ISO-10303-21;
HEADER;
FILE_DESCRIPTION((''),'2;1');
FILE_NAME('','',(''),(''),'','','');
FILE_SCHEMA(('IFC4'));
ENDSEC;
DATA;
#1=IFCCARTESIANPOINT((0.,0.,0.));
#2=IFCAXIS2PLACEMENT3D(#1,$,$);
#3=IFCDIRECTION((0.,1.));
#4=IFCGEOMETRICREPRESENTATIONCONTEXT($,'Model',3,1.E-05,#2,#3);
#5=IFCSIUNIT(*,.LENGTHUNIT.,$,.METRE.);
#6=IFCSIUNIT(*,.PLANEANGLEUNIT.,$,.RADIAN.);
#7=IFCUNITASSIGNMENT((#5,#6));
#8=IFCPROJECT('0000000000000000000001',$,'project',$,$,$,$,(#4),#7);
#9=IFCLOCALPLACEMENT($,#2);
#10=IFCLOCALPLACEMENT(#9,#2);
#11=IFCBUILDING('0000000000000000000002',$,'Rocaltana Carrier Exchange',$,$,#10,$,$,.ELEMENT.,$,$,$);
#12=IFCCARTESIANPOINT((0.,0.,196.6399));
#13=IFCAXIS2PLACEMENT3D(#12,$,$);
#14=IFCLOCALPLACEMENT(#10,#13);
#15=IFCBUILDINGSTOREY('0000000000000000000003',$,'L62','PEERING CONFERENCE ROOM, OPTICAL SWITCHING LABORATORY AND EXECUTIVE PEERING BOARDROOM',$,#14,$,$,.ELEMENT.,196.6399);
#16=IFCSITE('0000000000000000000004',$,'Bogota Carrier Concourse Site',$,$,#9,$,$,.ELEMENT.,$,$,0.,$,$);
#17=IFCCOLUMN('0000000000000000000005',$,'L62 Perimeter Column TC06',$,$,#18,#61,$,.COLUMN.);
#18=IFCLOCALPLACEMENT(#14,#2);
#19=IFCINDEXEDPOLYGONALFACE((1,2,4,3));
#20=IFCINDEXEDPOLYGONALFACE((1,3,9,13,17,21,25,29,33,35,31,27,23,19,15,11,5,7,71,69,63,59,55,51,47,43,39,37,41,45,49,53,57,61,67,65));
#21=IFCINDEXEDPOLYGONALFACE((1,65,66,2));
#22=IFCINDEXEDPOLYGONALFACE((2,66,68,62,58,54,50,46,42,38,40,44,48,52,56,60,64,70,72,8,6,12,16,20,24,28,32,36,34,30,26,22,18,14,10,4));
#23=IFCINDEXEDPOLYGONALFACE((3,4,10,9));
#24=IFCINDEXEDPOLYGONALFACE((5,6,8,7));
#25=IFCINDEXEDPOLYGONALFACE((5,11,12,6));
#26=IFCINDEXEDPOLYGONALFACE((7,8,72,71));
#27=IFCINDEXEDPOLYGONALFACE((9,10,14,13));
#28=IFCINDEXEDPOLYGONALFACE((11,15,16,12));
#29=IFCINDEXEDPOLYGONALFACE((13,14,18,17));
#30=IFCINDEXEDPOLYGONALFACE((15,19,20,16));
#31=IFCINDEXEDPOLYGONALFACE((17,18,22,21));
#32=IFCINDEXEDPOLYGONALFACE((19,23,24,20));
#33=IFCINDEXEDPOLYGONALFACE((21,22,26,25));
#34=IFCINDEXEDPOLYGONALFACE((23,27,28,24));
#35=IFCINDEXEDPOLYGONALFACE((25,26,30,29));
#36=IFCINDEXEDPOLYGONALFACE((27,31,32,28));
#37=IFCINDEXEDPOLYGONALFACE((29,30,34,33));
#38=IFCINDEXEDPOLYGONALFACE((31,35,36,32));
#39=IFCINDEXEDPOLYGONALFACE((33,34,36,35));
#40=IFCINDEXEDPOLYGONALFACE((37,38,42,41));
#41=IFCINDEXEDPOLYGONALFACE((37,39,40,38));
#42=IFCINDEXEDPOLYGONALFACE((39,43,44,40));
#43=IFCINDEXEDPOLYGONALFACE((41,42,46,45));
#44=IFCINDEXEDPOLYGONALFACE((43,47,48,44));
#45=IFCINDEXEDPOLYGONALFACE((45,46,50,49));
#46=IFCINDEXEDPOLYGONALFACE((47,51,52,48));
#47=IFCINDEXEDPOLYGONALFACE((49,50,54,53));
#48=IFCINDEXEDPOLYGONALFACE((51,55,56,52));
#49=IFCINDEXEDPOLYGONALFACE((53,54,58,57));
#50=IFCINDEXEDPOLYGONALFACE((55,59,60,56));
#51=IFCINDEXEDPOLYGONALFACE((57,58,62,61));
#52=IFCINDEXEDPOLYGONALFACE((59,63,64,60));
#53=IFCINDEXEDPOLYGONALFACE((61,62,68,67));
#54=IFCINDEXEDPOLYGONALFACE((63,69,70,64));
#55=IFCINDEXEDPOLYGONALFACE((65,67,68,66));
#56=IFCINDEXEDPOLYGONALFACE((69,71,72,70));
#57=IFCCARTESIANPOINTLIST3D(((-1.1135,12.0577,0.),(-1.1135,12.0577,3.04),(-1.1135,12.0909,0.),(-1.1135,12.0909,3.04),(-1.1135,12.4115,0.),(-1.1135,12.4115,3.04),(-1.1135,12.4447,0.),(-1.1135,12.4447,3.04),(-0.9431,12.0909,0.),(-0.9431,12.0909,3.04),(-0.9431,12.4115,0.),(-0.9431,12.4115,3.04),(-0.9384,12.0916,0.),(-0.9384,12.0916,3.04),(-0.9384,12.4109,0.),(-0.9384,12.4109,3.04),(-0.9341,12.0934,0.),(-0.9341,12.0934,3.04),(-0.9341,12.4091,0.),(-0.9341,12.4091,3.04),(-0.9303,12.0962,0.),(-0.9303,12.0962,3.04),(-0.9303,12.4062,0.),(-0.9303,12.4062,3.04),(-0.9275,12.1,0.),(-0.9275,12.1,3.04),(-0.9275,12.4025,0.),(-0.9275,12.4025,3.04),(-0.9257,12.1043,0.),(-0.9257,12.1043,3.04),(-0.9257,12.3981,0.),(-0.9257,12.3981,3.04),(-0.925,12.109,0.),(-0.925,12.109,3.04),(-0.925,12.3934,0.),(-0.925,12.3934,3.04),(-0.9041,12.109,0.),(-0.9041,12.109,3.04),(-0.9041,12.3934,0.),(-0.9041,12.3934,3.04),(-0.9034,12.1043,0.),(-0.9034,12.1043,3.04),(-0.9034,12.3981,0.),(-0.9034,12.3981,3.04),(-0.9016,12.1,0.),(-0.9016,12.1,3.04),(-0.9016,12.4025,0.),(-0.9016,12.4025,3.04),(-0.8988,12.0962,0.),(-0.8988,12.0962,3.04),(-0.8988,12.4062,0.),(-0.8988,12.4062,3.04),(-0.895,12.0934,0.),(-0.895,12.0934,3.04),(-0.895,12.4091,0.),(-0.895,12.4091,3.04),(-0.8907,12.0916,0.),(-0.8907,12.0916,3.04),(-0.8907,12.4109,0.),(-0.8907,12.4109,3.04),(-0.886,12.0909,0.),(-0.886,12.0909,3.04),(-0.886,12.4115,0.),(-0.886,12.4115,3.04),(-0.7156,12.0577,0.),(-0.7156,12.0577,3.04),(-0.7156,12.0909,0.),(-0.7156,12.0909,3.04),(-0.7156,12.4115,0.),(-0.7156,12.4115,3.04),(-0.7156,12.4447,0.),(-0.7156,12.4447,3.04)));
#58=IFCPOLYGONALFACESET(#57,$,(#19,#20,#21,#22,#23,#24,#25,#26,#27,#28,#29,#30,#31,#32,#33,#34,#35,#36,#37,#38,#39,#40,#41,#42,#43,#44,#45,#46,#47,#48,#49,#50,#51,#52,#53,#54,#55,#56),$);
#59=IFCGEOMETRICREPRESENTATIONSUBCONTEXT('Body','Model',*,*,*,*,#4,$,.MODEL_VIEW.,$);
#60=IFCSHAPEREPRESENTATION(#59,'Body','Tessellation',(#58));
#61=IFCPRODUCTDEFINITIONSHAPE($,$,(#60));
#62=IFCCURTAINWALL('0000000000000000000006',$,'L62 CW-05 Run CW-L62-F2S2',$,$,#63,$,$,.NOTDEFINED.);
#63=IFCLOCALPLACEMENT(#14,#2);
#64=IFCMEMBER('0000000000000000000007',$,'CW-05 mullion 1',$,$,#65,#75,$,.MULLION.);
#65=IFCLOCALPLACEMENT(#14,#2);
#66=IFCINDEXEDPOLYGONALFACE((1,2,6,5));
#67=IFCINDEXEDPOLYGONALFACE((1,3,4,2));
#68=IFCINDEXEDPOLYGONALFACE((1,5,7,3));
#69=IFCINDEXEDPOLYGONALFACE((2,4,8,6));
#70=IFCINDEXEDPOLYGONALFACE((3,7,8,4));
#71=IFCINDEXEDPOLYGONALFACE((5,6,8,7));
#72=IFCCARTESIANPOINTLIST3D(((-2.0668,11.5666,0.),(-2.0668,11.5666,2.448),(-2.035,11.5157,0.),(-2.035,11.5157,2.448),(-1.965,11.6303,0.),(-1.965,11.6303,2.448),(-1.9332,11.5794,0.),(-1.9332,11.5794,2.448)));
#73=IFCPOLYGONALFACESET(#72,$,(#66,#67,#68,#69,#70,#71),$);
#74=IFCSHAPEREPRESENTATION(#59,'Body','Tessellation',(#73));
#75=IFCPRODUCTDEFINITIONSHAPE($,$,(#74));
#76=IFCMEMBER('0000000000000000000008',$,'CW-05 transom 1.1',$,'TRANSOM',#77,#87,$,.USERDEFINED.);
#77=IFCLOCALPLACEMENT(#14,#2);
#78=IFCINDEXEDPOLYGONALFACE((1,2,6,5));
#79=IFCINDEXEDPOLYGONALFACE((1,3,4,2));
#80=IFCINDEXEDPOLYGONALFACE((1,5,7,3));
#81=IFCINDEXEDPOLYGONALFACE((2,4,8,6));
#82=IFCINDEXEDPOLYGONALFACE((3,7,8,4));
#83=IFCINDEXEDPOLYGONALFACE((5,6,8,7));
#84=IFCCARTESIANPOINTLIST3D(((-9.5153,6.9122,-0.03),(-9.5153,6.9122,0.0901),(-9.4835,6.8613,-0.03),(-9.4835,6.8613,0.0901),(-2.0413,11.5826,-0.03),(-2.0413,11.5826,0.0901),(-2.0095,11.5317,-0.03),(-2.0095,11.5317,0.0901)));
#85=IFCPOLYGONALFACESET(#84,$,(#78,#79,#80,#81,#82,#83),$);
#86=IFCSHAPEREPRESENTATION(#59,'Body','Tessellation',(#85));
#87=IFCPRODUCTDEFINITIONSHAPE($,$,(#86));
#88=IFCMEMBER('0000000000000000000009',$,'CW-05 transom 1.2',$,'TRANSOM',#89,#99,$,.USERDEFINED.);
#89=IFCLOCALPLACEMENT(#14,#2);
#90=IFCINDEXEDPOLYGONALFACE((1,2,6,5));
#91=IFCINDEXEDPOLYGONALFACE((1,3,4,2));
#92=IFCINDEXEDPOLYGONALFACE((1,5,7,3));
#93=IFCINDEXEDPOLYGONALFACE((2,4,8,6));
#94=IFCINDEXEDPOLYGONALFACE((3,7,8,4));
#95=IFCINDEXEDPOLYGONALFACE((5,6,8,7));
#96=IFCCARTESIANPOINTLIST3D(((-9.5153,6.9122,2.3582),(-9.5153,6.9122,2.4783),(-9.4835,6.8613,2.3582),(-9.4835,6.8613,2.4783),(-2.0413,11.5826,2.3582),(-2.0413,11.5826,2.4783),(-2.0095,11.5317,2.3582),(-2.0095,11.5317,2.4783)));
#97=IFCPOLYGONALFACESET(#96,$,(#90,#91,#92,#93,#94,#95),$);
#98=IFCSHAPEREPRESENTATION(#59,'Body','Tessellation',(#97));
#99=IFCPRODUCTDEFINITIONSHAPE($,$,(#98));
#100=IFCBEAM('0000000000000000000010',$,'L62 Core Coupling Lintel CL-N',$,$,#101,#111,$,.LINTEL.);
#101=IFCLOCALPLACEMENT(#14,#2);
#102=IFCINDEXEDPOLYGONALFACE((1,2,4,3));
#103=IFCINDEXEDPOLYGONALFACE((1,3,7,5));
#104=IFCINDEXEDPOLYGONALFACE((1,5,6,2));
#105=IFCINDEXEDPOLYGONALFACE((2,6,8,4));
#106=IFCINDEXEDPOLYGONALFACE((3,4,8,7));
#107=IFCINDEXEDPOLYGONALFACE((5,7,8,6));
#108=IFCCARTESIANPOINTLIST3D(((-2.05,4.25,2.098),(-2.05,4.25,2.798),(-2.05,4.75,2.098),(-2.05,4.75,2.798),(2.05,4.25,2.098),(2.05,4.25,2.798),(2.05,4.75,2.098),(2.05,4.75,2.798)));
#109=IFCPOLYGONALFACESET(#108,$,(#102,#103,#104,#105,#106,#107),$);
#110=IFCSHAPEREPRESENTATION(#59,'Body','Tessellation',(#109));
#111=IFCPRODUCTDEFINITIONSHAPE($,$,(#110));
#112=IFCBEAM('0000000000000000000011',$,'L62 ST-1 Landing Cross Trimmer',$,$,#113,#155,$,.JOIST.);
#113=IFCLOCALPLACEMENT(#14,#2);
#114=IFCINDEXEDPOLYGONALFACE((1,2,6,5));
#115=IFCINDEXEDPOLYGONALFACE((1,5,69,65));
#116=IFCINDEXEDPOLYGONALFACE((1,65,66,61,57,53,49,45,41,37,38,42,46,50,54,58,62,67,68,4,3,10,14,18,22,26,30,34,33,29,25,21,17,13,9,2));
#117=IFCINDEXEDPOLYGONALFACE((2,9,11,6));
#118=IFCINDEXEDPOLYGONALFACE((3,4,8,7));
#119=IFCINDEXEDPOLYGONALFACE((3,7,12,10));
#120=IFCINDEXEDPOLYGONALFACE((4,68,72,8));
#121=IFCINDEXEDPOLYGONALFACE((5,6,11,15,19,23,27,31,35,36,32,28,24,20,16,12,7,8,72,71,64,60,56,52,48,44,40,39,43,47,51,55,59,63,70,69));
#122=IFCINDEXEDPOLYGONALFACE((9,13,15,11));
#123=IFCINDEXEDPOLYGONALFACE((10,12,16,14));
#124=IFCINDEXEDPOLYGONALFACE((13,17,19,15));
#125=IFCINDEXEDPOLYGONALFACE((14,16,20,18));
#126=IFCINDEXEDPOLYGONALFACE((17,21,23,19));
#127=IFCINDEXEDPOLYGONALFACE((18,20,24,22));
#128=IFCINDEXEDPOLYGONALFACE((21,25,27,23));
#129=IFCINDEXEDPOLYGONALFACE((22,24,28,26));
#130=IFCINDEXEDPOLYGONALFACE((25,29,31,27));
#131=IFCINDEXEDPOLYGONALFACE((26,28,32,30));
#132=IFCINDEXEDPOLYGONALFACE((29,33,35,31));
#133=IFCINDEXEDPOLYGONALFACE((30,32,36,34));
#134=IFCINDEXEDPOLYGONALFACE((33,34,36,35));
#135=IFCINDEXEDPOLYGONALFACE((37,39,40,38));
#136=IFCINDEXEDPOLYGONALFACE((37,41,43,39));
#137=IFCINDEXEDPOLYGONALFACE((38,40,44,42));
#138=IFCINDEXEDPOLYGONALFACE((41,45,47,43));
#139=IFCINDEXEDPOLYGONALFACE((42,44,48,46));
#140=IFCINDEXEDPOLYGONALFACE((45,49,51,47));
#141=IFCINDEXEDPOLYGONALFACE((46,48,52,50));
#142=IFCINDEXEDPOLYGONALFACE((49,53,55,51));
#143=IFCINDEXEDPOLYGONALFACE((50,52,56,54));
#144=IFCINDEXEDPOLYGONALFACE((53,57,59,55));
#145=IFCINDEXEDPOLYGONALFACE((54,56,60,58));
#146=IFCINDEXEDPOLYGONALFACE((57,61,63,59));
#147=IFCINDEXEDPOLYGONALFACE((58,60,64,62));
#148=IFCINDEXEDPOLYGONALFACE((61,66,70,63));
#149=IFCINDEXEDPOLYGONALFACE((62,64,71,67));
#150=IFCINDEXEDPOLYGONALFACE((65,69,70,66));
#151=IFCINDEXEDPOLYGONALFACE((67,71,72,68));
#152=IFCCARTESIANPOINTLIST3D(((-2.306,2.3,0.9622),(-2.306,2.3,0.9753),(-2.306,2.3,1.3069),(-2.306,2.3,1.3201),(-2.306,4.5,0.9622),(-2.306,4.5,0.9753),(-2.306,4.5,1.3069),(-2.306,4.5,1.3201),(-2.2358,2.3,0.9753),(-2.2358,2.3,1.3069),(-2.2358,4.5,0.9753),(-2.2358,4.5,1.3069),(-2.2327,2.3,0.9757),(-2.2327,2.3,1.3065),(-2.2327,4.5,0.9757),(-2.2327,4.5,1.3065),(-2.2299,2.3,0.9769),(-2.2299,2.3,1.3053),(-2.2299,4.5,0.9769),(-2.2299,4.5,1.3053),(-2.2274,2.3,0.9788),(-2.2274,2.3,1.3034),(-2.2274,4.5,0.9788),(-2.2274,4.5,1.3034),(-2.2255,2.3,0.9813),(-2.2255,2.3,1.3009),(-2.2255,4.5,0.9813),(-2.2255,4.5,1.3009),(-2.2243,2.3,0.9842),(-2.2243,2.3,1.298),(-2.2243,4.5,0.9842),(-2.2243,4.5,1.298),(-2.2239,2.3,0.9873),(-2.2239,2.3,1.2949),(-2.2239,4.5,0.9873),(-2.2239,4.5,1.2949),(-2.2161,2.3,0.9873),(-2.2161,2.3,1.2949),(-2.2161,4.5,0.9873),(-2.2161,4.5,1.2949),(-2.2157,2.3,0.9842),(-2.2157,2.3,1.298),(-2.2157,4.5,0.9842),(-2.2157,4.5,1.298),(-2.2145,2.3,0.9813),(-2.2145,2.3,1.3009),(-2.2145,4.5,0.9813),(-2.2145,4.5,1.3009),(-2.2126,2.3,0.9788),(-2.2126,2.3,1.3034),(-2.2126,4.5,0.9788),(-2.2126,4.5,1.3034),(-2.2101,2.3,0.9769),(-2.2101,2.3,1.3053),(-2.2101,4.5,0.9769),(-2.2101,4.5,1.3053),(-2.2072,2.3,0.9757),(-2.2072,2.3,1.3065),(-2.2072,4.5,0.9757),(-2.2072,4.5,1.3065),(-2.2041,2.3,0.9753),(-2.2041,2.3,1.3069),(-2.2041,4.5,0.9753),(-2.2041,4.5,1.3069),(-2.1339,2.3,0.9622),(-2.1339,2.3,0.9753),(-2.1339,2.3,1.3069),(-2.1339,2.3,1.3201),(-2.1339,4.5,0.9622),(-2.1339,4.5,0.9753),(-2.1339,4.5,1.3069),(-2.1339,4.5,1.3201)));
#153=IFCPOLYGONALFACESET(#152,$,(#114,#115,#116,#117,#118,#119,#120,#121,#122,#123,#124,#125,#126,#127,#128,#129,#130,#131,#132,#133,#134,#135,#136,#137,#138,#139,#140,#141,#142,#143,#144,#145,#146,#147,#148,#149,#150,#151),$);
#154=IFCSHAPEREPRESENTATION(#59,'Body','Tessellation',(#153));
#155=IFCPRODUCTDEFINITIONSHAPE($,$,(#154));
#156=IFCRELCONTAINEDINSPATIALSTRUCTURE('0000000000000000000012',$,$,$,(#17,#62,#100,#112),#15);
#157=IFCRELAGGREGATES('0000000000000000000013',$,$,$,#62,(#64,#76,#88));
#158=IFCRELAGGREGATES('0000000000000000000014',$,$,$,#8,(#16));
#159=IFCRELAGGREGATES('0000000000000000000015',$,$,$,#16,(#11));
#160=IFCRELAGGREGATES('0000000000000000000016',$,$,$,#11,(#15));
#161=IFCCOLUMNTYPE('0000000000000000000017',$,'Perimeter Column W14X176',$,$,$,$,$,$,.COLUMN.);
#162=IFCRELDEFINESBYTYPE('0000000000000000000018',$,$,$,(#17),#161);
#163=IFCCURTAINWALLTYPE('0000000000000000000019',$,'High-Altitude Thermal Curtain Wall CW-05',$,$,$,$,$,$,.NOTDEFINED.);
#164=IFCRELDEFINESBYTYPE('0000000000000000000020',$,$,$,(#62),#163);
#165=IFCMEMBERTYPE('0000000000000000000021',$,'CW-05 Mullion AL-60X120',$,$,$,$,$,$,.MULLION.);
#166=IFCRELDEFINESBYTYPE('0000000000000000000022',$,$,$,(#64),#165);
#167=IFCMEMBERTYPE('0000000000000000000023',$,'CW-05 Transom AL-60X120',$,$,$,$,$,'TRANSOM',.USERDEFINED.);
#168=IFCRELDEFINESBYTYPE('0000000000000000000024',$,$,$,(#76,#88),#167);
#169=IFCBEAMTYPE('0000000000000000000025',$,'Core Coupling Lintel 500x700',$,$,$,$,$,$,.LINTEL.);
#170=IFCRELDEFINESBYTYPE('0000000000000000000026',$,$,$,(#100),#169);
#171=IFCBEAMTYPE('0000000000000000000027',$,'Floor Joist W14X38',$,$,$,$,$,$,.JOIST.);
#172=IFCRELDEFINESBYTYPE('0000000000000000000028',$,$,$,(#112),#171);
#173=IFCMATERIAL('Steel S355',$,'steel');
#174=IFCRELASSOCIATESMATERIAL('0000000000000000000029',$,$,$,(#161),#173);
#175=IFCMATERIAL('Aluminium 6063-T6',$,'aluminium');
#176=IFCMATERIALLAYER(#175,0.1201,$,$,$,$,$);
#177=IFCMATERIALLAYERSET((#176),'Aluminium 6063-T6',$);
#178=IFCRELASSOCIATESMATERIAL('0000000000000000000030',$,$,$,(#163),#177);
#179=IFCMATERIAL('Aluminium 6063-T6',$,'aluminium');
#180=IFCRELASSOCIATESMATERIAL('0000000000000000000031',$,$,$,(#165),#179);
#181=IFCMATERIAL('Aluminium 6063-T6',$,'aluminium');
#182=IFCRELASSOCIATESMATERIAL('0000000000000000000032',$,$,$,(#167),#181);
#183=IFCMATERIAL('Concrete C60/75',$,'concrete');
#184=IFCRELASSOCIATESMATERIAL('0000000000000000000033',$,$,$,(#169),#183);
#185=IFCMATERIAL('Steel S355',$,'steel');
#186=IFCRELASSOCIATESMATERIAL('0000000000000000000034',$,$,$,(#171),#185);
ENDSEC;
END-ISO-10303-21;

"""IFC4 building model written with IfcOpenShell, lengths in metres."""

from ifc_helpers import new_model, si_unit, direction, frame, origin, origin_2d, place, context, subcontext, project, spatial, rectangle, i_section, extrude, material, layer, layer_set, material_profile, profile_set, type_object, element, aggregate, save


model = new_model("IFC4")

# Units and contexts
model_context = context("Model", 3, precision=1e-05, world=origin(), true_north=direction((0.0, 1.0)))
body_context = subcontext(model_context, "Body", "Model", "MODEL_VIEW")
ifc_project = project(units=[si_unit("LENGTHUNIT", "METRE"), si_unit("PLANEANGLEUNIT", "RADIAN")], contexts=[model_context])

# Site, building, storey
site_placement = place(None, origin())
site = spatial("IfcSite", under=ifc_project, at=site_placement, Name="Bogota Carrier Concourse Site", CompositionType="ELEMENT", RefElevation=0.0)
building_placement = place(site_placement, origin())
building = spatial("IfcBuilding", under=site, at=building_placement, Name="Rocaltana Carrier Exchange", CompositionType="ELEMENT")
storey_placement = place(building_placement, frame((0.0, 0.0, 196.6399)))
storey = spatial("IfcBuildingStorey", under=building, at=storey_placement, Name="L62", Description="PEERING CONFERENCE ROOM, OPTICAL SWITCHING LABORATORY AND EXECUTIVE PEERING BOARDROOM", CompositionType="ELEMENT", Elevation=196.6399)

# Column
ifc_material_1 = material(Name="Steel S355", Category="steel")
ifc_material_profile_1 = material_profile(ifc_material_1, i_section(OverallWidth=0.3979, OverallDepth=0.387, WebThickness=0.021, FlangeThickness=0.0332, FilletRadius=0.0181, at=origin_2d()), Name="W14X176")
ifc_profile_set_1 = profile_set([ifc_material_profile_1], Name="Steel S355")
column_type = type_object("IfcColumnType", Name="Perimeter Column W14X176", PredefinedType="COLUMN", material=ifc_profile_set_1)
column_placement = place(storey_placement, frame((-0.9146, 12.2512, 0.0), z_axis=(0.0, 0.0, 1.0), x_axis=(1.0, 0.0, 0.0)))
element("IfcColumn", 1, at=column_placement, inside=storey, type_object=column_type, Name="L62 Perimeter Column TC06", PredefinedType="COLUMN", context=body_context, shape_type="SweptSolid", body=[
    extrude(i_section(OverallWidth=0.3979, OverallDepth=0.387, WebThickness=0.021, FlangeThickness=0.0332, FilletRadius=0.0181, at=origin_2d()), origin(), (0.0, 0.0, 1.0), 3.04),
])

# Curtain wall, members
ifc_material_2 = material(Name="Aluminium 6063-T6", Category="aluminium")
ifc_layer_1 = layer(ifc_material_2, 0.1201)
ifc_layer_set_1 = layer_set([ifc_layer_1], Name="Aluminium 6063-T6")
curtain_wall_type = type_object("IfcCurtainWallType", Name="High-Altitude Thermal Curtain Wall CW-05", PredefinedType="NOTDEFINED", material=ifc_layer_set_1)
curtain_wall_placement = place(storey_placement, origin())
curtain_wall = element("IfcCurtainWall", 2, at=curtain_wall_placement, inside=storey, type_object=curtain_wall_type, Name="L62 CW-05 Run CW-L62-F2S2", PredefinedType="NOTDEFINED")
ifc_material_3 = material(Name="Aluminium 6063-T6", Category="aluminium")
ifc_material_profile_2 = material_profile(ifc_material_3, rectangle(XDim=0.0601, YDim=0.1201, at=origin_2d()), Name="AL-60X120")
ifc_profile_set_2 = profile_set([ifc_material_profile_2], Name="Aluminium 6063-T6")
member_type_1 = type_object("IfcMemberType", Name="CW-05 Mullion AL-60X120", PredefinedType="MULLION", material=ifc_profile_set_2)
member_1_placement = place(storey_placement, frame((-2.0, 11.573, 0.0), z_axis=(0.0, 0.0, 1.0), x_axis=(0.52992, -0.848047, 0.0)))
member_1 = element("IfcMember", 3, at=member_1_placement, type_object=member_type_1, Name="CW-05 mullion 1", PredefinedType="MULLION", context=body_context, shape_type="SweptSolid", body=[
    extrude(rectangle(XDim=0.0601, YDim=0.1201, at=origin_2d()), origin(), (0.0, 0.0, 1.0), 2.448),
])
ifc_material_4 = material(Name="Aluminium 6063-T6", Category="aluminium")
ifc_material_profile_3 = material_profile(ifc_material_4, rectangle(XDim=0.0601, YDim=0.1201, at=origin_2d()), Name="AL-60X120")
ifc_profile_set_3 = profile_set([ifc_material_profile_3], Name="Aluminium 6063-T6")
member_type_2 = type_object("IfcMemberType", Name="CW-05 Transom AL-60X120", ElementType="TRANSOM", PredefinedType="USERDEFINED", material=ifc_profile_set_3)
member_2_placement = place(storey_placement, frame((-2.0254, 11.5571, 0.03), z_axis=(-0.848045, -0.529924, 0.0), x_axis=(0.529924, -0.848045, 0.0)))
member_2 = element("IfcMember", 4, at=member_2_placement, type_object=member_type_2, Name="CW-05 transom 1.1", ObjectType="TRANSOM", PredefinedType="USERDEFINED", context=body_context, shape_type="SweptSolid", body=[
    extrude(rectangle(XDim=0.0601, YDim=0.1201, at=origin_2d()), origin(), (0.0, 0.0, 1.0), 8.8132),
])
member_3_placement = place(storey_placement, frame((-2.0254, 11.5571, 2.4182), z_axis=(-0.848045, -0.529924, 0.0), x_axis=(0.529924, -0.848045, 0.0)))
member_3 = element("IfcMember", 5, at=member_3_placement, type_object=member_type_2, Name="CW-05 transom 1.2", ObjectType="TRANSOM", PredefinedType="USERDEFINED", context=body_context, shape_type="SweptSolid", body=[
    extrude(rectangle(XDim=0.0601, YDim=0.1201, at=origin_2d()), origin(), (0.0, 0.0, 1.0), 8.8132),
])

# Beams
ifc_material_5 = material(Name="Concrete C60/75", Category="concrete")
ifc_material_profile_4 = material_profile(ifc_material_5, rectangle(XDim=0.5, YDim=0.7, at=origin_2d()), Name="RC-BM-500X700")
ifc_profile_set_4 = profile_set([ifc_material_profile_4], Name="Concrete C60/75")
beam_type_1 = type_object("IfcBeamType", Name="Core Coupling Lintel 500x700", PredefinedType="LINTEL", material=ifc_profile_set_4)
beam_1_placement = place(storey_placement, frame((-2.05, 4.5, 2.448), z_axis=(1.0, 0.0, 0.0), x_axis=(0.0, 1.0, 0.0)))
element("IfcBeam", 6, at=beam_1_placement, inside=storey, type_object=beam_type_1, Name="L62 Core Coupling Lintel CL-N", PredefinedType="LINTEL", context=body_context, shape_type="SweptSolid", body=[
    extrude(rectangle(XDim=0.5, YDim=0.7, at=origin_2d()), origin(), (0.0, 0.0, 1.0), 4.1001),
])
ifc_material_6 = material(Name="Steel S355", Category="steel")
ifc_material_profile_5 = material_profile(ifc_material_6, i_section(OverallWidth=0.1721, OverallDepth=0.3579, WebThickness=0.0078, FlangeThickness=0.0132, FilletRadius=0.012, at=origin_2d()), Name="W14X38")
ifc_profile_set_5 = profile_set([ifc_material_profile_5], Name="Steel S355")
beam_type_2 = type_object("IfcBeamType", Name="Floor Joist W14X38", PredefinedType="JOIST", material=ifc_profile_set_5)
beam_2_placement = place(storey_placement, frame((-2.22, 2.3, 1.1411), z_axis=(0.0, 1.0, 0.0), x_axis=(-1.0, 0.0, 0.0)))
element("IfcBeam", 7, at=beam_2_placement, inside=storey, type_object=beam_type_2, Name="L62 ST-1 Landing Cross Trimmer", PredefinedType="JOIST", context=body_context, shape_type="SweptSolid", body=[
    extrude(i_section(OverallWidth=0.1721, OverallDepth=0.3579, WebThickness=0.0078, FlangeThickness=0.0132, FilletRadius=0.012, at=origin_2d()), origin(), (0.0, 0.0, 1.0), 2.2),
])

aggregate(curtain_wall, [member_1, member_2, member_3])

save(model, "model.ifc")
